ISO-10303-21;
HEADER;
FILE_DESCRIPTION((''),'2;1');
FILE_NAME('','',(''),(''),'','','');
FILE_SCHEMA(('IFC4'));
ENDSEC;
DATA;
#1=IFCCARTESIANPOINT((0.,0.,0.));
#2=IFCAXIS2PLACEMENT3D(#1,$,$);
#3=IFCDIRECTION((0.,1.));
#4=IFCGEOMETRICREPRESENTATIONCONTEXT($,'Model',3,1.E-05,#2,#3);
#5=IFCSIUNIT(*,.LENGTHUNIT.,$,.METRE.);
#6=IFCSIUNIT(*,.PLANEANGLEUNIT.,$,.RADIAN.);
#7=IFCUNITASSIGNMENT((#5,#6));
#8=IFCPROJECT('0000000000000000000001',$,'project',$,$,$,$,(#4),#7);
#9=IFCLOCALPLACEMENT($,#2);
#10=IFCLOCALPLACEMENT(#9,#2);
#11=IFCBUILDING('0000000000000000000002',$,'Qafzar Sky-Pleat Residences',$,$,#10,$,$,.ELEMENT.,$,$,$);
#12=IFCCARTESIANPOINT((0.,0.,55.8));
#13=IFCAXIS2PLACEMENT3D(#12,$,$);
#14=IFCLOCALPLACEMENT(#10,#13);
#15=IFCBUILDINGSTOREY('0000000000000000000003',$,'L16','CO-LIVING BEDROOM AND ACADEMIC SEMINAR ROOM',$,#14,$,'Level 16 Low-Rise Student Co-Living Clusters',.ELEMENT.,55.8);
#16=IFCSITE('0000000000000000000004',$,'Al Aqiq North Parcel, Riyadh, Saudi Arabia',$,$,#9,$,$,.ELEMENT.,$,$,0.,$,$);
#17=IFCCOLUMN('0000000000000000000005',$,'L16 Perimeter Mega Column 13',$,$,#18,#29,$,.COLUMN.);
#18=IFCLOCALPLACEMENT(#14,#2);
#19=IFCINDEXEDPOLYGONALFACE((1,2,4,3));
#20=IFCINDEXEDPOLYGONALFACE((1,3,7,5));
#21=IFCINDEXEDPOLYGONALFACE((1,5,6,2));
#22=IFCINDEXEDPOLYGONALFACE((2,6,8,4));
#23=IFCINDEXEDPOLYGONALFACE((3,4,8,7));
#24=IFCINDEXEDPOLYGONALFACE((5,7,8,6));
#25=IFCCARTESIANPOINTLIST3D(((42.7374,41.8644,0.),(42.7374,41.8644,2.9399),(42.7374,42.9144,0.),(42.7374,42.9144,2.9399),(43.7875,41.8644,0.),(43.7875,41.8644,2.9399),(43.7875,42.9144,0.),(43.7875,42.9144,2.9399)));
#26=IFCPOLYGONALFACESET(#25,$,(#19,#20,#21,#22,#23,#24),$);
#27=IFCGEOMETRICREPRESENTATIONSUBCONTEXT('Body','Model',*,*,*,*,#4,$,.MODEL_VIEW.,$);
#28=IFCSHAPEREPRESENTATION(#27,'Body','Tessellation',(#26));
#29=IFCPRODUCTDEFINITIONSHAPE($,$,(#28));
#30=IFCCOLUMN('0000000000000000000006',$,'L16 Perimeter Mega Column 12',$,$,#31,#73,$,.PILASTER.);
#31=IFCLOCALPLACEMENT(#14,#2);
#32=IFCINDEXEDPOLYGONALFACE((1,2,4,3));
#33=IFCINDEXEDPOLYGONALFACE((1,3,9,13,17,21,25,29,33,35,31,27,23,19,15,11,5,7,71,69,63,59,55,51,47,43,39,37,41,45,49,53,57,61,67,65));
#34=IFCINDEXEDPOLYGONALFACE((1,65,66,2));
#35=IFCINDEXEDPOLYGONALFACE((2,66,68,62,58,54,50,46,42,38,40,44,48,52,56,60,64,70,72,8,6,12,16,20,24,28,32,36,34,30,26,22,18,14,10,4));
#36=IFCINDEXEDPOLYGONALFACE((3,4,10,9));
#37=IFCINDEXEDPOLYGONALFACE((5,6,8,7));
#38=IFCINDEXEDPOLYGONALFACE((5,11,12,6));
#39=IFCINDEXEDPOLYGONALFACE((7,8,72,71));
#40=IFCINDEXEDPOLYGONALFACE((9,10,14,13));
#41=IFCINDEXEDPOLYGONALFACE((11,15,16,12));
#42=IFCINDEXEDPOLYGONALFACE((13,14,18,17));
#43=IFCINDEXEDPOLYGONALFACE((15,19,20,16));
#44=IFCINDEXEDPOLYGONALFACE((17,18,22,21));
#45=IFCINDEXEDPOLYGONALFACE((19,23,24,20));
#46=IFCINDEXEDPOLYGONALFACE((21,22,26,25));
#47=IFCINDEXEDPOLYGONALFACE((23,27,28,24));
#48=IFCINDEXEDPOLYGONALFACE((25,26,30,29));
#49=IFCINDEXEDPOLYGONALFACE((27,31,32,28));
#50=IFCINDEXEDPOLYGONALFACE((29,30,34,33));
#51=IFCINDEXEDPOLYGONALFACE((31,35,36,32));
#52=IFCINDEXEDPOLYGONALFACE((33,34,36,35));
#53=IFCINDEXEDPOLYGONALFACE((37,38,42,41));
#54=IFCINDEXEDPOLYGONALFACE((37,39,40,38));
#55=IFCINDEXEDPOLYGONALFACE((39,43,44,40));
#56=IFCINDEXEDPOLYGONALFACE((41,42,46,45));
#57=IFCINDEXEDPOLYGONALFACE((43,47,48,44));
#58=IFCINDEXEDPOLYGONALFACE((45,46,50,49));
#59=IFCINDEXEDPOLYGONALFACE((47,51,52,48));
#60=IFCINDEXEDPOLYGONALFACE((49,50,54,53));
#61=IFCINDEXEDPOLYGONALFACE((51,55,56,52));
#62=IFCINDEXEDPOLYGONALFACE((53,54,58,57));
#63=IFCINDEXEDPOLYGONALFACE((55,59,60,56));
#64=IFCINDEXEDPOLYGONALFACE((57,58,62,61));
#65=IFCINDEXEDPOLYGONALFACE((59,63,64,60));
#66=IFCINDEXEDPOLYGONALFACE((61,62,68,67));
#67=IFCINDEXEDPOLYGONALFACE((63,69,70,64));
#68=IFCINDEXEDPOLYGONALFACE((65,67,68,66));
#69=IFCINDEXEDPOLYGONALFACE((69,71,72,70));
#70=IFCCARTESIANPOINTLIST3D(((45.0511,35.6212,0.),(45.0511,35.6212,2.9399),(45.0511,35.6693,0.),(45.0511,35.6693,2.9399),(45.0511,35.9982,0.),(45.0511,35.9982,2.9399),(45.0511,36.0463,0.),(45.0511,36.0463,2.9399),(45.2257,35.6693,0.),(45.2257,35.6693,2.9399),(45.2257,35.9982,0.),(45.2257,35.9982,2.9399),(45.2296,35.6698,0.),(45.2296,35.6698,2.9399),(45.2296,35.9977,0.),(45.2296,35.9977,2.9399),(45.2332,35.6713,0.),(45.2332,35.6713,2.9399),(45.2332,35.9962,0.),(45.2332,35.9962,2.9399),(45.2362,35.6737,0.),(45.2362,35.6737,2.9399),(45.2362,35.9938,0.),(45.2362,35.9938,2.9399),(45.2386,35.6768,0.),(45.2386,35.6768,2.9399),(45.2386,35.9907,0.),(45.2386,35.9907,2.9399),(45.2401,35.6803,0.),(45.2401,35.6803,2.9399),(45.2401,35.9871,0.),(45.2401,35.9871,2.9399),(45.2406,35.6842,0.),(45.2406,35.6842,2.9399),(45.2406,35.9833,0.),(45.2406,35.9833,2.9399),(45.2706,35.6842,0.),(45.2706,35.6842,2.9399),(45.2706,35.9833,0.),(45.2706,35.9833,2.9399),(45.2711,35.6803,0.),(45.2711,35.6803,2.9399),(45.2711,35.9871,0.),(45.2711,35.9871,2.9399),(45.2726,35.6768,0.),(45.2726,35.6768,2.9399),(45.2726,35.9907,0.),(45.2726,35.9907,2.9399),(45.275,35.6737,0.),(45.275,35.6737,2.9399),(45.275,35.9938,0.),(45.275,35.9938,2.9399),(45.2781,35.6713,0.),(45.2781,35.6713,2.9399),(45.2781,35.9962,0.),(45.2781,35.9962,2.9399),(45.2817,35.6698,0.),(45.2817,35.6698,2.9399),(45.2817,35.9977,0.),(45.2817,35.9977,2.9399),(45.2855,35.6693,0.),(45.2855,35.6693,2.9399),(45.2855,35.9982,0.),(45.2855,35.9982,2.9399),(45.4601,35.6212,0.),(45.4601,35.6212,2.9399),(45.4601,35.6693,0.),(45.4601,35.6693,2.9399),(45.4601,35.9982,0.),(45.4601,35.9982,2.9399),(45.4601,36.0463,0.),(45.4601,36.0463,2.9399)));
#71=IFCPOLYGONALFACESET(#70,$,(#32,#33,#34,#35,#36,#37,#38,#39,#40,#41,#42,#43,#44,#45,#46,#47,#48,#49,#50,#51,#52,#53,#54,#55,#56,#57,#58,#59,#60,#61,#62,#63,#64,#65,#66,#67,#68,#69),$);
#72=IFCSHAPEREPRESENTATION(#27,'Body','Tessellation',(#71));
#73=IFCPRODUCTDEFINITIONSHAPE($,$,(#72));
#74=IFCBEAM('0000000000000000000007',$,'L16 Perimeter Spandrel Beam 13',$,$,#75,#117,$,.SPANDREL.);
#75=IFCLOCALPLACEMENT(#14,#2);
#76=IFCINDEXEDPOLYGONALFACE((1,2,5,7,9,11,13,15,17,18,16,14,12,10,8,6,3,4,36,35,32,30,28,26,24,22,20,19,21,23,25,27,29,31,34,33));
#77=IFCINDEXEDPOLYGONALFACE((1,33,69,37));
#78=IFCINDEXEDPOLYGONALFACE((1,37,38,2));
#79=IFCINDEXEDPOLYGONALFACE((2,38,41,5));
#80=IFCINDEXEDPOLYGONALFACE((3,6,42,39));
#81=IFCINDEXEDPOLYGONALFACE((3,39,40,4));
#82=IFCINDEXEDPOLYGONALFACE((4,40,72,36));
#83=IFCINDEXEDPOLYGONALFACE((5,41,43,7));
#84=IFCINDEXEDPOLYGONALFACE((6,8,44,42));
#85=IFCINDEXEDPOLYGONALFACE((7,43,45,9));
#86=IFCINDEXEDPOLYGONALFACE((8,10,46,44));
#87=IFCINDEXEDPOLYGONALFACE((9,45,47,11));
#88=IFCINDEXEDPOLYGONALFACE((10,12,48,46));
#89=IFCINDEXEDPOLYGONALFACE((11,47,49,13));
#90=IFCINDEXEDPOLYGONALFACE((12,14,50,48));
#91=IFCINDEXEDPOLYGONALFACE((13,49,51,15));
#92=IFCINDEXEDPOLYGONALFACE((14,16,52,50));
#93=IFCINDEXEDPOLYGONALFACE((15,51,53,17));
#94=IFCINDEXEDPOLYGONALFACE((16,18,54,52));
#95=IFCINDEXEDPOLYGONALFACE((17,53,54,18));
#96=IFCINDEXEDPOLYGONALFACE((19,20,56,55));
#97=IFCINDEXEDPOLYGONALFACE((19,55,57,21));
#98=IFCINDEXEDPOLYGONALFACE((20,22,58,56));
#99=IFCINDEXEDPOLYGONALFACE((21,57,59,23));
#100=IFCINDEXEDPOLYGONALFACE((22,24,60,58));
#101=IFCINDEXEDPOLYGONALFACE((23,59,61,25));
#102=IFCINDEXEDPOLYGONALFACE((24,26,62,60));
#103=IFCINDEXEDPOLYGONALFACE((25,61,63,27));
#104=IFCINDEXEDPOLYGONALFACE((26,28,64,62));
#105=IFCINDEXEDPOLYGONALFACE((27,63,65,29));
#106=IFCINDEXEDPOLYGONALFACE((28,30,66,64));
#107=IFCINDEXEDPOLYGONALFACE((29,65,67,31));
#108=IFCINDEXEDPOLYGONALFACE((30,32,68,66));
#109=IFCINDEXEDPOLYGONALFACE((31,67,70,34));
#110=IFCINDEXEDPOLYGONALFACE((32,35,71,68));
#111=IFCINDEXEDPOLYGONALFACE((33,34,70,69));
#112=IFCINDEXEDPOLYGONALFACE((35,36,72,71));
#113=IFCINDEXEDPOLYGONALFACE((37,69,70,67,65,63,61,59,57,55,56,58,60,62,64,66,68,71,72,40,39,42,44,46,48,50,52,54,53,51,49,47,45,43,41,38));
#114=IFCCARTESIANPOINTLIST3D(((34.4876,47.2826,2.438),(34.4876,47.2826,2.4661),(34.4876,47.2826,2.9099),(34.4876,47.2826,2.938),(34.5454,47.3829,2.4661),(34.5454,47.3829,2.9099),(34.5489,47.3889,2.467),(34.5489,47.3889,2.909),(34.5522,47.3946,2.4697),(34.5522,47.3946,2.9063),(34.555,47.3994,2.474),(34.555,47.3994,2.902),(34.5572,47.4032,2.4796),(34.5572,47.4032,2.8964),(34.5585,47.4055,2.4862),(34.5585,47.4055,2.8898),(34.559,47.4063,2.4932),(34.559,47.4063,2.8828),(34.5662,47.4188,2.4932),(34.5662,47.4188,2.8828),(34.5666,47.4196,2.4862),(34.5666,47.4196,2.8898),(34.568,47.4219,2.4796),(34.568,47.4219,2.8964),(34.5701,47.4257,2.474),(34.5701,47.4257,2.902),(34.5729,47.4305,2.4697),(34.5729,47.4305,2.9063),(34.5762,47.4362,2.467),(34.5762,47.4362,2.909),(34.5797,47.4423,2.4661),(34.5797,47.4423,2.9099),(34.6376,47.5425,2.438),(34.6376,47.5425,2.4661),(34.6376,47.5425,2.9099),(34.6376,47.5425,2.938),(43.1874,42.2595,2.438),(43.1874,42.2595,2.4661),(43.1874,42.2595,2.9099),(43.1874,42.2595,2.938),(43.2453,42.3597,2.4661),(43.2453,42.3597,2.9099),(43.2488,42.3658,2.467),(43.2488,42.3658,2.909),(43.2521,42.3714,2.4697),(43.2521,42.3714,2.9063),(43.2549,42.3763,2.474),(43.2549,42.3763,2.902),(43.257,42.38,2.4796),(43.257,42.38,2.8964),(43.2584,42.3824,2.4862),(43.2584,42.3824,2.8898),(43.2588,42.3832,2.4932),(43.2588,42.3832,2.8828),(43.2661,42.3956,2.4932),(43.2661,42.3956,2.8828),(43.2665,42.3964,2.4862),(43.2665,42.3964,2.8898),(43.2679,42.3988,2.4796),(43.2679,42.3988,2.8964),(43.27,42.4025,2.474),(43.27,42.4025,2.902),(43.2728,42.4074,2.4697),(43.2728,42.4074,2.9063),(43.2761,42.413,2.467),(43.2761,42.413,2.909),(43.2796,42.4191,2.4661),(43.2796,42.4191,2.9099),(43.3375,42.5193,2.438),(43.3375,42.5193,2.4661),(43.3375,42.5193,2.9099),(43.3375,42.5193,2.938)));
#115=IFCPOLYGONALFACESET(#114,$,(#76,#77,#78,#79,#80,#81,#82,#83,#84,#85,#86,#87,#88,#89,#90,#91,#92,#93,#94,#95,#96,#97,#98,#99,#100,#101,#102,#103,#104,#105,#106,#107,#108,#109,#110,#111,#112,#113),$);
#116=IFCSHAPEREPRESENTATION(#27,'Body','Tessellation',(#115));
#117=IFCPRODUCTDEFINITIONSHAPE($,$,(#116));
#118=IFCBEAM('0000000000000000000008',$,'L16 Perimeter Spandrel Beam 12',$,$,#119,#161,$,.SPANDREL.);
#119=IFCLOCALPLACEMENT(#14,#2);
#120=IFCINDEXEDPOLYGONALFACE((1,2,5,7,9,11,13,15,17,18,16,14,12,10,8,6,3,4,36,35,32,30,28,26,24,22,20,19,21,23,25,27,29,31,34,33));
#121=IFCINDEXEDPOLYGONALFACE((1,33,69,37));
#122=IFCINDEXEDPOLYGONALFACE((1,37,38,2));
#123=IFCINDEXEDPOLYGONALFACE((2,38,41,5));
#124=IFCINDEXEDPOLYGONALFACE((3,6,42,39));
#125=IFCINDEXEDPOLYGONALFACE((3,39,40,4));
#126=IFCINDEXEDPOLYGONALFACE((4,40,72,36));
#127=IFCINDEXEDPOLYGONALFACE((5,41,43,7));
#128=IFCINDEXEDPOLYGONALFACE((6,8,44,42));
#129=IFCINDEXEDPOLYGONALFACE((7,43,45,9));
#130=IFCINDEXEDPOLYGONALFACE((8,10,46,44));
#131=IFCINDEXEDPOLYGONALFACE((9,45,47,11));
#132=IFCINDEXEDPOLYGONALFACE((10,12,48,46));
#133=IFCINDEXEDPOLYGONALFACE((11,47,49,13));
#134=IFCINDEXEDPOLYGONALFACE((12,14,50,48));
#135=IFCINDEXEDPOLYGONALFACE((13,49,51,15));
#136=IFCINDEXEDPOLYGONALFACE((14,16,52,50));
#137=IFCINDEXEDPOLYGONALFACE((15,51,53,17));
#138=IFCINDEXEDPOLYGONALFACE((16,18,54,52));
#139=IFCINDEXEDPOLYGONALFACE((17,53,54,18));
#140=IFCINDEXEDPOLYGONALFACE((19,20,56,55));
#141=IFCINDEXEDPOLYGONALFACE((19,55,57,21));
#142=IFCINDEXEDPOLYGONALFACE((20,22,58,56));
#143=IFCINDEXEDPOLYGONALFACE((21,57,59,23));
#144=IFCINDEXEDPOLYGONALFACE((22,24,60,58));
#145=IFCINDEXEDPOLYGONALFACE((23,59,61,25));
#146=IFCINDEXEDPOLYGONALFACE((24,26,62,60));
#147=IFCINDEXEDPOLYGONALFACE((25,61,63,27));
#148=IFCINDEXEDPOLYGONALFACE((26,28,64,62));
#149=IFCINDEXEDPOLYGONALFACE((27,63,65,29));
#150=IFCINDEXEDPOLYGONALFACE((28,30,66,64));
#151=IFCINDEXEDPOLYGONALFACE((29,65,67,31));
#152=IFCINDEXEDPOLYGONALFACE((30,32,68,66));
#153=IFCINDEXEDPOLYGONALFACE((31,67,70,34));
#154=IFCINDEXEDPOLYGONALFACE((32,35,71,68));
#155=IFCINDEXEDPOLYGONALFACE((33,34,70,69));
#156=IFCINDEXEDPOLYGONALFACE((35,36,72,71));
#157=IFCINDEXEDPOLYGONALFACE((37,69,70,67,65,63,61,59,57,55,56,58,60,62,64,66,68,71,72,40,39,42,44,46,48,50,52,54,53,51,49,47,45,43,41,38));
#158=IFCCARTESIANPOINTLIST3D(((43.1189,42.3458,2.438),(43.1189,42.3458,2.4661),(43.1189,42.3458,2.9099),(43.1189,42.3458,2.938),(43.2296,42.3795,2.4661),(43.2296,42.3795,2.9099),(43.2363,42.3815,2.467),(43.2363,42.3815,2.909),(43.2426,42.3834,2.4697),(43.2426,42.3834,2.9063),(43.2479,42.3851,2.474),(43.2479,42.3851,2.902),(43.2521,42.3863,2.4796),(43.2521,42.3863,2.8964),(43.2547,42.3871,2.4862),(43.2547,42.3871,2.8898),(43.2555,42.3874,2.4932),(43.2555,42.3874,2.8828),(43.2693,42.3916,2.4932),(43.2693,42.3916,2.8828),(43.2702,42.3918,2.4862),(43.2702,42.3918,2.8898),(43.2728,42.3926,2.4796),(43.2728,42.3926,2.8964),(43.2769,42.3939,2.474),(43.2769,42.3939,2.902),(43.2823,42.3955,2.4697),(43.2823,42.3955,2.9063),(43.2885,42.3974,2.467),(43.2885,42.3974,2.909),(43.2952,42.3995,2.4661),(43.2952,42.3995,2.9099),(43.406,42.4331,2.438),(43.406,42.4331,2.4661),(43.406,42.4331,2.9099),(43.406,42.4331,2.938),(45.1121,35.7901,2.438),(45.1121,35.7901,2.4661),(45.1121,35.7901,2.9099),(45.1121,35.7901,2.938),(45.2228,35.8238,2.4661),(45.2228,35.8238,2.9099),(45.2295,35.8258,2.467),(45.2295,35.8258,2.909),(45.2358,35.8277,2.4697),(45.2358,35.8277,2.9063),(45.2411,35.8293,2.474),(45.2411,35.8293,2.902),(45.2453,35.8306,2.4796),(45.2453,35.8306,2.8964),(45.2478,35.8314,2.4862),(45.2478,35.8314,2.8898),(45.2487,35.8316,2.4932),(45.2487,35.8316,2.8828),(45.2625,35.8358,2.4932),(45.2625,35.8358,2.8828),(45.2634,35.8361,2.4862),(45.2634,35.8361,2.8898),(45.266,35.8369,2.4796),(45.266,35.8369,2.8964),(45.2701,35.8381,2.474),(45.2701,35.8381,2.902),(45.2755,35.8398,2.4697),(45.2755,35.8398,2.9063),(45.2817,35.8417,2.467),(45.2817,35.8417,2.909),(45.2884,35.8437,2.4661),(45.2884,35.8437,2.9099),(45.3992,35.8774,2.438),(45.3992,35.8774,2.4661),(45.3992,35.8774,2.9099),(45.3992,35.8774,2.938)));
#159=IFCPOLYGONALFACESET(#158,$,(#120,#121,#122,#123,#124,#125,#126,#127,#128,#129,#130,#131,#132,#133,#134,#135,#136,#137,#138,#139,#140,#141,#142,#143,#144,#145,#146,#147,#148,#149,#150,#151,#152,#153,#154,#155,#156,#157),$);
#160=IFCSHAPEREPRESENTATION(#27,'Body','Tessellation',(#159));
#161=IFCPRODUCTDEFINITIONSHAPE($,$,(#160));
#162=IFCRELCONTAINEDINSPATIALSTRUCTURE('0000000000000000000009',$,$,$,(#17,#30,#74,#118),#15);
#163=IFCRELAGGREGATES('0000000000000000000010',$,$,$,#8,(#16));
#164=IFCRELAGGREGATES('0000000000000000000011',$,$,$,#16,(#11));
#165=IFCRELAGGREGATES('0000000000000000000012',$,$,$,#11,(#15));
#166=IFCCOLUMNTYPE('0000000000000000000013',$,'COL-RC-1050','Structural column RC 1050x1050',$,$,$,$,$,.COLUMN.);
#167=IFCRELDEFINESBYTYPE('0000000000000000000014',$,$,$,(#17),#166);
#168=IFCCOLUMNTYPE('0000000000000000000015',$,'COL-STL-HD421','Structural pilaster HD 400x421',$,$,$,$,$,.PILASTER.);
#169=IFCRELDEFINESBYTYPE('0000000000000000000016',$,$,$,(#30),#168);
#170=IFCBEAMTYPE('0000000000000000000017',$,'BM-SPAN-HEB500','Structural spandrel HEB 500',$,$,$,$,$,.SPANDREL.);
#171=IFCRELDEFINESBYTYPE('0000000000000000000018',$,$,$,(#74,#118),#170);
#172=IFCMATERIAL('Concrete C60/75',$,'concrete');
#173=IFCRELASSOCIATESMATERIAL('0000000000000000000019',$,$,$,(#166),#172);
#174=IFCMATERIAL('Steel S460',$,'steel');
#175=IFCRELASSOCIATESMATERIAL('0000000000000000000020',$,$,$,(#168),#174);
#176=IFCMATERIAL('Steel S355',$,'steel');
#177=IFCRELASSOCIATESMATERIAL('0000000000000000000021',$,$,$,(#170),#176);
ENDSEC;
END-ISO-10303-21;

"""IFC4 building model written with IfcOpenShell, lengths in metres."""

from ifc_helpers import new_model, si_unit, direction, frame, origin, origin_2d, place, context, subcontext, project, spatial, rectangle, i_section, extrude, source, transform, mapped, material, material_profile, profile_set, type_object, element, save


model = new_model("IFC4")

# Units and contexts
model_context = context("Model", 3, precision=1e-05, world=origin(), true_north=direction((0.0, 1.0)))
body_context = subcontext(model_context, "Body", "Model", "MODEL_VIEW")
ifc_project = project(units=[si_unit("LENGTHUNIT", "METRE"), si_unit("PLANEANGLEUNIT", "RADIAN")], contexts=[model_context])

# Site, building, storey
site_placement = place(None, origin())
site = spatial("IfcSite", under=ifc_project, at=site_placement, Name="Al Aqiq North Parcel, Riyadh, Saudi Arabia", CompositionType="ELEMENT", RefElevation=0.0)
building_placement = place(site_placement, origin())
building = spatial("IfcBuilding", under=site, at=building_placement, Name="Qafzar Sky-Pleat Residences", CompositionType="ELEMENT")
storey_placement = place(building_placement, frame((0.0, 0.0, 55.8)))
storey = spatial("IfcBuildingStorey", under=building, at=storey_placement, Name="L16", Description="CO-LIVING BEDROOM AND ACADEMIC SEMINAR ROOM", LongName="Level 16 Low-Rise Student Co-Living Clusters", CompositionType="ELEMENT", Elevation=55.8)

# Columns
ifc_material_1 = material(Name="Concrete C60/75", Category="concrete")
ifc_material_profile_1 = material_profile(ifc_material_1, rectangle(XDim=1.05, YDim=1.05, at=origin_2d()), Name="RC 1050x1050")
ifc_profile_set_1 = profile_set([ifc_material_profile_1], Name="Concrete C60/75")
column_type_1 = type_object("IfcColumnType", Name="COL-RC-1050", Description="Structural column RC 1050x1050", PredefinedType="COLUMN", material=ifc_profile_set_1)
shared_shape_1 = source(origin(), body_context, "Body", "SweptSolid", [
    extrude(rectangle(XDim=1.05, YDim=1.05, at=origin_2d()), origin(), (0.0, 0.0, 1.0), 2.9399),
])
column_1_placement = place(storey_placement, frame((43.2625, 42.3894, 0.0), z_axis=(0.0, 0.0, 1.0), x_axis=(1.0, 0.0, 0.0)))
element("IfcColumn", 1, at=column_1_placement, inside=storey, type_object=column_type_1, Name="L16 Perimeter Mega Column 13", PredefinedType="COLUMN", context=body_context, shape_type="MappedRepresentation", body=[
    mapped(shared_shape_1, transform((0.0, 0.0, 0.0), x_axis=(1.0, 0.0, 0.0), y_axis=(0.0, 1.0, 0.0), z_axis=(0.0, 0.0, 1.0), scale=1.0)),
])
ifc_material_2 = material(Name="Steel S460", Category="steel")
ifc_material_profile_2 = material_profile(ifc_material_2, i_section(OverallWidth=0.4089, OverallDepth=0.425, WebThickness=0.03, FlangeThickness=0.0481, FilletRadius=0.0149, at=origin_2d()), Name="HD 400x421")
ifc_profile_set_2 = profile_set([ifc_material_profile_2], Name="Steel S460")
column_type_2 = type_object("IfcColumnType", Name="COL-STL-HD421", Description="Structural pilaster HD 400x421", PredefinedType="PILASTER", material=ifc_profile_set_2)
shared_shape_2 = source(origin(), body_context, "Body", "SweptSolid", [
    extrude(i_section(OverallWidth=0.4089, OverallDepth=0.425, WebThickness=0.03, FlangeThickness=0.0481, FilletRadius=0.0149, at=origin_2d()), origin(), (0.0, 0.0, 1.0), 2.9399),
])
column_2_placement = place(storey_placement, frame((45.2556, 35.8337, 0.0), z_axis=(0.0, 0.0, 1.0), x_axis=(1.0, 0.0, 0.0)))
element("IfcColumn", 2, at=column_2_placement, inside=storey, type_object=column_type_2, Name="L16 Perimeter Mega Column 12", PredefinedType="PILASTER", context=body_context, shape_type="MappedRepresentation", body=[
    mapped(shared_shape_2, transform((0.0, 0.0, 0.0), x_axis=(1.0, 0.0, 0.0), y_axis=(0.0, 1.0, 0.0), z_axis=(0.0, 0.0, 1.0), scale=1.0)),
])

# Beams
ifc_material_3 = material(Name="Steel S355", Category="steel")
ifc_material_profile_3 = material_profile(ifc_material_3, i_section(OverallWidth=0.3, OverallDepth=0.5, WebThickness=0.0144, FlangeThickness=0.0281, FilletRadius=0.0271, at=origin_2d()), Name="HEB 500")
ifc_profile_set_3 = profile_set([ifc_material_profile_3], Name="Steel S355")
beam_type_1 = type_object("IfcBeamType", Name="BM-SPAN-HEB500", Description="Structural spandrel HEB 500", PredefinedType="SPANDREL", material=ifc_profile_set_3)
shared_shape_3 = source(origin(), body_context, "Body", "SweptSolid", [
    extrude(i_section(OverallWidth=0.3, OverallDepth=0.5, WebThickness=0.0144, FlangeThickness=0.0281, FilletRadius=0.0271, at=origin_2d()), origin(), (0.0, 0.0, 1.0), 10.0459),
])
beam_1_placement = place(storey_placement, frame((43.2625, 42.3894, 2.688), z_axis=(-0.866014, 0.50002, 0.0), x_axis=(-0.50002, -0.866014, 0.0)))
element("IfcBeam", 3, at=beam_1_placement, inside=storey, type_object=beam_type_1, Name="L16 Perimeter Spandrel Beam 13", PredefinedType="SPANDREL", context=body_context, shape_type="MappedRepresentation", body=[
    mapped(shared_shape_3, transform((0.0, 0.0, 0.0), x_axis=(1.0, 0.0, 0.0), y_axis=(0.0, 1.0, 0.0), z_axis=(0.0, 0.0, 1.0), scale=1.0)),
])
shared_shape_4 = source(origin(), body_context, "Body", "SweptSolid", [
    extrude(i_section(OverallWidth=0.3, OverallDepth=0.5, WebThickness=0.0144, FlangeThickness=0.0281, FilletRadius=0.0271, at=origin_2d()), origin(), (0.0, 0.0, 1.0), 6.8521),
])
beam_2_placement = place(storey_placement, frame((45.2556, 35.8337, 2.688), z_axis=(-0.290889, 0.956757, 0.0), x_axis=(-0.956757, -0.290889, 0.0)))
element("IfcBeam", 4, at=beam_2_placement, inside=storey, type_object=beam_type_1, Name="L16 Perimeter Spandrel Beam 12", PredefinedType="SPANDREL", context=body_context, shape_type="MappedRepresentation", body=[
    mapped(shared_shape_4, transform((0.0, 0.0, 0.0), x_axis=(1.0, 0.0, 0.0), y_axis=(0.0, 1.0, 0.0), z_axis=(0.0, 0.0, 1.0), scale=1.0)),
])

save(model, "model.ifc")
